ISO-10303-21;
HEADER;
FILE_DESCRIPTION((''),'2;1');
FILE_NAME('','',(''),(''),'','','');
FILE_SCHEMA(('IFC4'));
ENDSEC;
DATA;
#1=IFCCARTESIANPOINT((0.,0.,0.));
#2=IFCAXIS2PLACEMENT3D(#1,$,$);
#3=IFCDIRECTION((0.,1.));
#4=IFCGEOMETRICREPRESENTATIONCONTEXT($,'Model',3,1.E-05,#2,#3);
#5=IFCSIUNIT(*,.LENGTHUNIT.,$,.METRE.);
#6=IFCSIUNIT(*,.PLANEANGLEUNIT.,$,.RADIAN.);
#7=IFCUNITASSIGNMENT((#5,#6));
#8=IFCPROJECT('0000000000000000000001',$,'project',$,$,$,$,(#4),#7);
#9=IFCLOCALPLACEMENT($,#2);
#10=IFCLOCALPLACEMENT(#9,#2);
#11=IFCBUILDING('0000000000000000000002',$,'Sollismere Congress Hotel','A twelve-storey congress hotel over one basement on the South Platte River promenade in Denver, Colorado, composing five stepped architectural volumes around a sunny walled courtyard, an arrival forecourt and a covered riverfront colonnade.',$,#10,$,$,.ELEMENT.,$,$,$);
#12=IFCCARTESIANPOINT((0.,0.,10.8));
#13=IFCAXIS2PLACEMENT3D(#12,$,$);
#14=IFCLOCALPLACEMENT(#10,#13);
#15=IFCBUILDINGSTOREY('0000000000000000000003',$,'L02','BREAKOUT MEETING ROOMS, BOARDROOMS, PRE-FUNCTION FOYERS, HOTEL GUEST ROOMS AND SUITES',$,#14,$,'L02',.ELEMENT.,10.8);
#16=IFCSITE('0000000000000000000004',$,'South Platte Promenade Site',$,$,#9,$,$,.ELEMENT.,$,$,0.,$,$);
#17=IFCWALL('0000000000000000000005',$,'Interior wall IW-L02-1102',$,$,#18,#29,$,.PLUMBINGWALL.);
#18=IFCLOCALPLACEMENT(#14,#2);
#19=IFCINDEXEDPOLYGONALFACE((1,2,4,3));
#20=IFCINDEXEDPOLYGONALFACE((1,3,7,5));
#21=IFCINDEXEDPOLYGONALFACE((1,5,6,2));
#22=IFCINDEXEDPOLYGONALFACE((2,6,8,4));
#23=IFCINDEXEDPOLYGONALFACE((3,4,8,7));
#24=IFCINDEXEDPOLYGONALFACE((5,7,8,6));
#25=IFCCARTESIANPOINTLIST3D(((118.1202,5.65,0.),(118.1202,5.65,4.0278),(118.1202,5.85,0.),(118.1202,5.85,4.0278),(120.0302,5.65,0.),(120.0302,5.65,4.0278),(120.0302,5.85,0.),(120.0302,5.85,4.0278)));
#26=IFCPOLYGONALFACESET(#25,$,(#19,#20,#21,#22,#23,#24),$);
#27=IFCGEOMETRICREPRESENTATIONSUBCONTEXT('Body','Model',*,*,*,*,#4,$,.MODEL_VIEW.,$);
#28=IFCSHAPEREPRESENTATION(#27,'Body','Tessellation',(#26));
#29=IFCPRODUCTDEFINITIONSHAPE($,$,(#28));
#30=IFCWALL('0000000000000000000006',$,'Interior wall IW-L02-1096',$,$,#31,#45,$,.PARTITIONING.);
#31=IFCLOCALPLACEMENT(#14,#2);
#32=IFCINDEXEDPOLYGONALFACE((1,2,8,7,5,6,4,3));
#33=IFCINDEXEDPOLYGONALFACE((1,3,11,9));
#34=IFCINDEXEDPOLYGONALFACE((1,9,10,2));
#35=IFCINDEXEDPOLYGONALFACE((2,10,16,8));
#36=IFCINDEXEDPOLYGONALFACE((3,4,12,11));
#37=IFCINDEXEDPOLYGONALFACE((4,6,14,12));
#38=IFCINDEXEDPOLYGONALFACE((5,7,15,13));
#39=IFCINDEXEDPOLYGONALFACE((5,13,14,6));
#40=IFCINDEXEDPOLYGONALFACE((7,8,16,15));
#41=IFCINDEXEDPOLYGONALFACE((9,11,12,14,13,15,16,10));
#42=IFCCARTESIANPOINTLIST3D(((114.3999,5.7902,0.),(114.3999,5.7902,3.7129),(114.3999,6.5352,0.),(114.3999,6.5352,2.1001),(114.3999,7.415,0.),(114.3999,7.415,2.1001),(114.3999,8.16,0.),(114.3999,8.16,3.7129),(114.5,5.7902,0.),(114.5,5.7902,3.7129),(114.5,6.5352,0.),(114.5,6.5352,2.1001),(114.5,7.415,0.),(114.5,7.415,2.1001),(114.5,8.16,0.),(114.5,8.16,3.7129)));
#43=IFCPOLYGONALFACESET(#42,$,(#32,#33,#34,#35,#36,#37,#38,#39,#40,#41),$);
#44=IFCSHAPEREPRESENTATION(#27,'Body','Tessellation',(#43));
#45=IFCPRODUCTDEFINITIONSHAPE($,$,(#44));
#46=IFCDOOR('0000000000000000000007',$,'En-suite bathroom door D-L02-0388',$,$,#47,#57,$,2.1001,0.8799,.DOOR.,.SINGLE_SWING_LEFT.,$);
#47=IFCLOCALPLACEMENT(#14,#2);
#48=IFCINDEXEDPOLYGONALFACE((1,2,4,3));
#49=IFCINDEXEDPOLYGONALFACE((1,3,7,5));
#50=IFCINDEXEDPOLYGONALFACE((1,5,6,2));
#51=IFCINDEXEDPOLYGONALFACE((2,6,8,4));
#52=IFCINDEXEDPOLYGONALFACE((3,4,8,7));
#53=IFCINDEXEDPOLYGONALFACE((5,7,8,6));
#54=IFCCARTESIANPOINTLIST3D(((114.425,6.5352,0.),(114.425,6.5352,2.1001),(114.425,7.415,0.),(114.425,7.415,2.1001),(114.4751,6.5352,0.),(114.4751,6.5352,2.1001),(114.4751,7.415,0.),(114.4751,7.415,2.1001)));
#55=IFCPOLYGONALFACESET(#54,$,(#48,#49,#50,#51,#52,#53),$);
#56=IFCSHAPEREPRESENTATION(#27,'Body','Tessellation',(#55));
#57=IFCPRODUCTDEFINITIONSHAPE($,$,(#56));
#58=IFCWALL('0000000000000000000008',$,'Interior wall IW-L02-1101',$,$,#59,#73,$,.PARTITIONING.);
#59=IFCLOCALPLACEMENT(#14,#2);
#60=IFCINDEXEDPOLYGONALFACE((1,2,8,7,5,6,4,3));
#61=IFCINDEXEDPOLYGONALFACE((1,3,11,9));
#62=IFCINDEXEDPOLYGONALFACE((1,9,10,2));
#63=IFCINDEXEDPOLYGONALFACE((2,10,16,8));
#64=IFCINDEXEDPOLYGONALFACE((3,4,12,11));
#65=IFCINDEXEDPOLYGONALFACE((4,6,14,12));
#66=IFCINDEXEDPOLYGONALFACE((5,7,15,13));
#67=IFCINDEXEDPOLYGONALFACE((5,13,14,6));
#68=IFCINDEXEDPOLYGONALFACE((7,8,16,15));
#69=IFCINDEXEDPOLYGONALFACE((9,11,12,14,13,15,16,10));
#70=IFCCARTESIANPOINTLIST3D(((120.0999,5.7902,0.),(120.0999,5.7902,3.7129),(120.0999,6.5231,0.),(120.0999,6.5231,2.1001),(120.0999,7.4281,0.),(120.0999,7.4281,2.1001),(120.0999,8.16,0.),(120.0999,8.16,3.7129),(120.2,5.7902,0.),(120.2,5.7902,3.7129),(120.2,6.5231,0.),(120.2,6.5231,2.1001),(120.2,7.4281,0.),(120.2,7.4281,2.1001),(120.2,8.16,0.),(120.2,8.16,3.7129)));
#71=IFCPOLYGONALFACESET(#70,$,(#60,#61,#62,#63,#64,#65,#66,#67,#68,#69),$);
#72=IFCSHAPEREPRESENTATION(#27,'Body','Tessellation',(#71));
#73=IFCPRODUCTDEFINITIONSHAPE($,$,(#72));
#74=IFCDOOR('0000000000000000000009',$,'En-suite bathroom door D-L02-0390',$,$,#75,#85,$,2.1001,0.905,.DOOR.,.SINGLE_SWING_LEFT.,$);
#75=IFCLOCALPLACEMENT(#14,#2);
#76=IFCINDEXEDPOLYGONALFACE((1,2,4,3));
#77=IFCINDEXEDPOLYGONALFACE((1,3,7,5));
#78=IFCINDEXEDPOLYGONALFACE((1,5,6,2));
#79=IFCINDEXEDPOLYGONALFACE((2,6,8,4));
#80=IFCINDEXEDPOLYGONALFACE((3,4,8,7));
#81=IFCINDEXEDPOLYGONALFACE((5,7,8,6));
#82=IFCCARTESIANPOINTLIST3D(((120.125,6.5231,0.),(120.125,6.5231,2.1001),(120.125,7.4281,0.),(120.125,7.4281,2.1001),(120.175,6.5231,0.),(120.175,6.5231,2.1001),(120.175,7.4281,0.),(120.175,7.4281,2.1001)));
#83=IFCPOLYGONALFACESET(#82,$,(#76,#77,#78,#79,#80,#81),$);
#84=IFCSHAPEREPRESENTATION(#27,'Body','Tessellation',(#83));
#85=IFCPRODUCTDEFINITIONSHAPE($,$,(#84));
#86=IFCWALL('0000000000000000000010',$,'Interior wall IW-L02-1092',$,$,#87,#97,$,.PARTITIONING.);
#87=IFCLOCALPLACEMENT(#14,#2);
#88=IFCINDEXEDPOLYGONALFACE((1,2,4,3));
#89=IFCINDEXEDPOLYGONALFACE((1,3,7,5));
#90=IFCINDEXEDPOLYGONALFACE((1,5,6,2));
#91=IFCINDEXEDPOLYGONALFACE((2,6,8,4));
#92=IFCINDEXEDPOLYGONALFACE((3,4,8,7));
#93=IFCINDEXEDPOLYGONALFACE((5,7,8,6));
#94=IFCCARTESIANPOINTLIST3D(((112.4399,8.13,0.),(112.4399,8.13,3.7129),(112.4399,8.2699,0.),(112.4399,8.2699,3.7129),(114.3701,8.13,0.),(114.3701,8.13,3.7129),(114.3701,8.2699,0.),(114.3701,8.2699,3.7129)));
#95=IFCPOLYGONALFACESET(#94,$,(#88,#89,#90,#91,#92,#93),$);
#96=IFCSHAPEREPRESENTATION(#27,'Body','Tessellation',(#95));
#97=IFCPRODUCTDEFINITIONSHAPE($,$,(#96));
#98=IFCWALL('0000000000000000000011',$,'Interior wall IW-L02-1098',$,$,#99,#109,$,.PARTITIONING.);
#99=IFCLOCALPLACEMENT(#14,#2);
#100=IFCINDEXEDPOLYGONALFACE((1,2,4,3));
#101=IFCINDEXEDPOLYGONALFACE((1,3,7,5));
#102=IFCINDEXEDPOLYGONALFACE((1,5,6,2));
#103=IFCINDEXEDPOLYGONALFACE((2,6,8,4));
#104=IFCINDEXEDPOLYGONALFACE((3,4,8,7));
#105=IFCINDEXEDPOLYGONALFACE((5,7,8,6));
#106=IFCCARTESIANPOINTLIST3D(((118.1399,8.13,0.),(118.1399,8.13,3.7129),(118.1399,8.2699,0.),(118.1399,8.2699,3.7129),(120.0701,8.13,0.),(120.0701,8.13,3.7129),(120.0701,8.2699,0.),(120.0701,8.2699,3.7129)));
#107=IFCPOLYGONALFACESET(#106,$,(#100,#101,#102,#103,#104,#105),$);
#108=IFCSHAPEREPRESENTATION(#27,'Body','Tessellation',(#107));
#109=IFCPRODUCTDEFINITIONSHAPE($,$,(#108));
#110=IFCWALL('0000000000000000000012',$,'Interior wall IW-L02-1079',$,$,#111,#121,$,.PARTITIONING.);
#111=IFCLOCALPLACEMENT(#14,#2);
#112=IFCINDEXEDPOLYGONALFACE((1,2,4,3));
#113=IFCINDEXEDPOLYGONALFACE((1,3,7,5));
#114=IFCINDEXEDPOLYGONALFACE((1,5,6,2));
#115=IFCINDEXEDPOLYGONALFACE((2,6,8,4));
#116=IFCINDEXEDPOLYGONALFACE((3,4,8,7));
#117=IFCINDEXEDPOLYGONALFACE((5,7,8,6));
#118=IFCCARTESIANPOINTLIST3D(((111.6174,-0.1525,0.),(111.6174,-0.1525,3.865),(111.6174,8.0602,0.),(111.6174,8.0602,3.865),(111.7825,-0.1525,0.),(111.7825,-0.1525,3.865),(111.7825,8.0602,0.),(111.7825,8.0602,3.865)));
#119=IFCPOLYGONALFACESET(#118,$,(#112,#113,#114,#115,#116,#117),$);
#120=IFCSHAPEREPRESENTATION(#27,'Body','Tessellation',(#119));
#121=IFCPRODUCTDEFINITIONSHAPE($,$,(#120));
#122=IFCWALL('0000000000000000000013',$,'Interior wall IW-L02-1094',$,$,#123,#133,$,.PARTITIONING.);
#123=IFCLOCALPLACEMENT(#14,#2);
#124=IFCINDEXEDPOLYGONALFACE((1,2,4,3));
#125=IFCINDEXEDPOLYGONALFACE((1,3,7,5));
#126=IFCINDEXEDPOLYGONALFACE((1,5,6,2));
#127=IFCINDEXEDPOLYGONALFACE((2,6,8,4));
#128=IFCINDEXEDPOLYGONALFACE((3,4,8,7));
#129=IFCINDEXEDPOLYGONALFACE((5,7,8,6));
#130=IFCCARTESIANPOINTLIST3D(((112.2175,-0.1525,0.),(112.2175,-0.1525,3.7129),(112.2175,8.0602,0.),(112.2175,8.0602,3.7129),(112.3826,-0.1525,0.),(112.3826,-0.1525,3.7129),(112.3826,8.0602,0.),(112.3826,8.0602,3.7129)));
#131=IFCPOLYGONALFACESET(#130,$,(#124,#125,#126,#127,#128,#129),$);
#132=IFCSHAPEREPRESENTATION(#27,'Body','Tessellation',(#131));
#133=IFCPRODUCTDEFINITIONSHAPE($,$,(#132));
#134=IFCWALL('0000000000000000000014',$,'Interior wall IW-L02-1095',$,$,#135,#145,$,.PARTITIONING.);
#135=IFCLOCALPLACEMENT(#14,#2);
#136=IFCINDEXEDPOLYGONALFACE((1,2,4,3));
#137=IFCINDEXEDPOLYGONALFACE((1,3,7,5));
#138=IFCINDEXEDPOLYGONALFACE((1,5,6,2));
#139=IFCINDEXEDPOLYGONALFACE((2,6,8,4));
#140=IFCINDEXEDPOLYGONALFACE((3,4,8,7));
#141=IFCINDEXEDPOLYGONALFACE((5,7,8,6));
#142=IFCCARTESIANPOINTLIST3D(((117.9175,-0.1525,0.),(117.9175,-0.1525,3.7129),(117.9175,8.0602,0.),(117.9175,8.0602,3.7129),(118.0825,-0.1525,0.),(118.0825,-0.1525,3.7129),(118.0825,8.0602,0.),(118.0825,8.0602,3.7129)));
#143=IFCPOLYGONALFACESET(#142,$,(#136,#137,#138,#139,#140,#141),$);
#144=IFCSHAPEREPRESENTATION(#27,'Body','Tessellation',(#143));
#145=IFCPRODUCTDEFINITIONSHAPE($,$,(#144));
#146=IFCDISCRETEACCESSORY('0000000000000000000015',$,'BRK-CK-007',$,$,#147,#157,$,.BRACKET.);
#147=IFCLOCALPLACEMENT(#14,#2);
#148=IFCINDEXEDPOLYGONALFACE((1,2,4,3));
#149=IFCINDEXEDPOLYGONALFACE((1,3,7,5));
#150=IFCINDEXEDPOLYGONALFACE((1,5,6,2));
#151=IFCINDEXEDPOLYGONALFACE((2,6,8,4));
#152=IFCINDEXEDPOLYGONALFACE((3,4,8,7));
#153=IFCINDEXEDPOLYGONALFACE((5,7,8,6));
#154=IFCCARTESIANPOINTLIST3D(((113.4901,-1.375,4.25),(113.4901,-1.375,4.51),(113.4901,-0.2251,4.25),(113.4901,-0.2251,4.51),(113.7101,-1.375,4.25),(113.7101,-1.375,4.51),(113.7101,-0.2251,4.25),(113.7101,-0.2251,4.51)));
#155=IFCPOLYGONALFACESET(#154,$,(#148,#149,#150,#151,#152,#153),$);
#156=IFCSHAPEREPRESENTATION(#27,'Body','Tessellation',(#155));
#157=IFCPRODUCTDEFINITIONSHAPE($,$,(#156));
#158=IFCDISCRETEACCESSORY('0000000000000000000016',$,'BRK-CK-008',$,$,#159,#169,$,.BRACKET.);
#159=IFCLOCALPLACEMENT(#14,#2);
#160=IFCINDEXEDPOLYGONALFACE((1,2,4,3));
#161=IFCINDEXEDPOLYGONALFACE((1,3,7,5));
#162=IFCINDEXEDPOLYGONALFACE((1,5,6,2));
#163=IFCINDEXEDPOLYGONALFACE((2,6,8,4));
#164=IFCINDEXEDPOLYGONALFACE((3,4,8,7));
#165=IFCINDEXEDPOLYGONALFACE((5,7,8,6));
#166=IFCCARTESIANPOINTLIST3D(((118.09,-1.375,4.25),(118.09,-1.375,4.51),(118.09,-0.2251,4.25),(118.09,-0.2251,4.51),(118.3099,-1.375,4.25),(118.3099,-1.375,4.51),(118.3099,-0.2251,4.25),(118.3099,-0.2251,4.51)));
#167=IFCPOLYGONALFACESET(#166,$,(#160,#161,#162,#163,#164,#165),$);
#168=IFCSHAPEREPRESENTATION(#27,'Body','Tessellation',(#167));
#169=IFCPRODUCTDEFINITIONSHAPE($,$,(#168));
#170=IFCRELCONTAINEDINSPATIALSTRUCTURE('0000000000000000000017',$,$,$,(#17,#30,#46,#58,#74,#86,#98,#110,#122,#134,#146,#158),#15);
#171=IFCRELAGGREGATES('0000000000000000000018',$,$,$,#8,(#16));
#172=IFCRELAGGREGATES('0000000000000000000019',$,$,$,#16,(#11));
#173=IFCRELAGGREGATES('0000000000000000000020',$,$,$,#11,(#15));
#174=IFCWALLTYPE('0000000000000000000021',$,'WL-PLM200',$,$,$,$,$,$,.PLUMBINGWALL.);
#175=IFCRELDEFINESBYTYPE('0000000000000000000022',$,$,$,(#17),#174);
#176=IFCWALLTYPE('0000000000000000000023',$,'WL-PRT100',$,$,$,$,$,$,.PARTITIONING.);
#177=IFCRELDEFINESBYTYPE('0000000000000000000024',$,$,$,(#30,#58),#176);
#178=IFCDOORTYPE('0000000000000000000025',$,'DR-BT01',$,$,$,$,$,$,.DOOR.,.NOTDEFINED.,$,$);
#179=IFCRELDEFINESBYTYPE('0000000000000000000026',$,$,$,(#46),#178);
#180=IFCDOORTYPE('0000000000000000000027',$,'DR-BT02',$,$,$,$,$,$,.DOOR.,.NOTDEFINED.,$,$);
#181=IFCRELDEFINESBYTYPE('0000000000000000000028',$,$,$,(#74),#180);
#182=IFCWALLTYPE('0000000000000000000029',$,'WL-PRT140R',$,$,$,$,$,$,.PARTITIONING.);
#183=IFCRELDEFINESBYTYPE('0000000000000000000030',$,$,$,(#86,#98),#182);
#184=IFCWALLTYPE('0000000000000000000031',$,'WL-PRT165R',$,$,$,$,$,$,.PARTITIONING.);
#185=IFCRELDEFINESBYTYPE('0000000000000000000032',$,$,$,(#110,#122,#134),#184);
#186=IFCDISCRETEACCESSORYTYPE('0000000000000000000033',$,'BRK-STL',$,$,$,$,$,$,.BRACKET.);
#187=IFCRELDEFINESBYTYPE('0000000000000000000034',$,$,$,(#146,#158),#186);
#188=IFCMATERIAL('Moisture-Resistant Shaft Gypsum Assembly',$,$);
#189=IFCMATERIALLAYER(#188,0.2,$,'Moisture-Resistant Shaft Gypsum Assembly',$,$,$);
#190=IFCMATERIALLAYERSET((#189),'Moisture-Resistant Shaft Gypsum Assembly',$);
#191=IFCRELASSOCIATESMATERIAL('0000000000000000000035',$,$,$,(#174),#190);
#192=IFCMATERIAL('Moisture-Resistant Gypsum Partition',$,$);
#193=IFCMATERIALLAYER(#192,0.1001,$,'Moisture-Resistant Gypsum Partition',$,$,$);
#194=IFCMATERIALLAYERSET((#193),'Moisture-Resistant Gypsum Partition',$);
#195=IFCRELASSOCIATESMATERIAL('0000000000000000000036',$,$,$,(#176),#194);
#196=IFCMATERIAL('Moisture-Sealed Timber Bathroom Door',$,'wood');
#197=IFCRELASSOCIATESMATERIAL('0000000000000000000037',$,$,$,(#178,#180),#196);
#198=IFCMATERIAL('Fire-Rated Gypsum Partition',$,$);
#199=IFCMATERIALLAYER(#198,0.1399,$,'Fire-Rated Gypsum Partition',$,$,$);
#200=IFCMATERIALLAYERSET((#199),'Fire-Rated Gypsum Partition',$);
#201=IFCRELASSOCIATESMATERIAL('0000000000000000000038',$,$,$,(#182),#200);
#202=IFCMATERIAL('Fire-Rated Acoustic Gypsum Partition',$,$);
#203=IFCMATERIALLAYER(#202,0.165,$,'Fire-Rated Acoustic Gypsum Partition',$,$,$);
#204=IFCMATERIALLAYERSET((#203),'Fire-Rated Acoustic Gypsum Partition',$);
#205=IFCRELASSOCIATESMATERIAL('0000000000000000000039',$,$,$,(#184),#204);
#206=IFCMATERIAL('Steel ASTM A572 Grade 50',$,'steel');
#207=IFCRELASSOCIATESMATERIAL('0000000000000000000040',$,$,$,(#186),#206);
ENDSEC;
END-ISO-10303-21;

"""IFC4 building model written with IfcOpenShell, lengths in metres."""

from ifc_helpers import new_model, si_unit, direction, frame, frame_2d, origin, origin_2d, place, context, subcontext, project, spatial, rectangle, extrude, material, layer, layer_set, type_object, element, fill, save


model = new_model("IFC4")

# Units and contexts
model_context = context("Model", 3, precision=1e-05, world=origin(), true_north=direction((0.0, 1.0)))
body_context = subcontext(model_context, "Body", "Model", "MODEL_VIEW")
ifc_project = project(units=[si_unit("LENGTHUNIT", "METRE"), si_unit("PLANEANGLEUNIT", "RADIAN")], contexts=[model_context])

# Site, building, storey
site_placement = place(None, origin())
site = spatial("IfcSite", under=ifc_project, at=site_placement, Name="South Platte Promenade Site", CompositionType="ELEMENT", RefElevation=0.0)
building_placement = place(site_placement, origin())
building = spatial("IfcBuilding", under=site, at=building_placement, Name="Sollismere Congress Hotel", Description="A twelve-storey congress hotel over one basement on the South Platte River promenade in Denver, Colorado, composing five stepped architectural volumes around a sunny walled courtyard, an arrival forecourt and a covered riverfront colonnade.", CompositionType="ELEMENT")
storey_placement = place(building_placement, frame((0.0, 0.0, 10.8)))
storey = spatial("IfcBuildingStorey", under=building, at=storey_placement, Name="L02", Description="BREAKOUT MEETING ROOMS, BOARDROOMS, PRE-FUNCTION FOYERS, HOTEL GUEST ROOMS AND SUITES", LongName="L02", CompositionType="ELEMENT", Elevation=10.8)

# Wall
ifc_material_1 = material(Name="Moisture-Resistant Shaft Gypsum Assembly")
ifc_layer_1 = layer(ifc_material_1, 0.2, Name="Moisture-Resistant Shaft Gypsum Assembly")
ifc_layer_set_1 = layer_set([ifc_layer_1], Name="Moisture-Resistant Shaft Gypsum Assembly")
wall_type_1 = type_object("IfcWallType", Name="WL-PLM200", PredefinedType="PLUMBINGWALL", material=ifc_layer_set_1)
wall_1_placement = place(storey_placement, frame((118.1201, 5.75, 0.0), z_axis=(0.0, 0.0, 1.0), x_axis=(1.0, 0.0, 0.0)))
element("IfcWall", 1, at=wall_1_placement, inside=storey, type_object=wall_type_1, Name="Interior wall IW-L02-1102", PredefinedType="PLUMBINGWALL", context=body_context, shape_type="SweptSolid", body=[
    extrude(rectangle(XDim=1.9099, YDim=0.2, at=frame_2d((0.9551, 0.0))), origin(), (0.0, 0.0, 1.0), 4.0278),
])

# Walls, openings, doors
ifc_material_2 = material(Name="Moisture-Resistant Gypsum Partition")
ifc_layer_2 = layer(ifc_material_2, 0.1001, Name="Moisture-Resistant Gypsum Partition")
ifc_layer_set_2 = layer_set([ifc_layer_2], Name="Moisture-Resistant Gypsum Partition")
wall_type_2 = type_object("IfcWallType", Name="WL-PRT100", PredefinedType="PARTITIONING", material=ifc_layer_set_2)
wall_2_placement = place(storey_placement, frame((114.45, 5.79, 0.0), z_axis=(0.0, 0.0, 1.0), x_axis=(0.0, 1.0, 0.0)))
wall_2 = element("IfcWall", 2, at=wall_2_placement, inside=storey, type_object=wall_type_2, Name="Interior wall IW-L02-1096", PredefinedType="PARTITIONING", context=body_context, shape_type="SweptSolid", body=[
    extrude(rectangle(XDim=2.3699, YDim=0.1001, at=frame_2d((1.1851, 0.0))), origin(), (0.0, 0.0, 1.0), 3.7129),
])
opening_1_placement = place(wall_2_placement, frame((0.7451, 0.0, 0.0)))
opening_1 = element("IfcOpeningElement", 3, at=opening_1_placement, cuts=wall_2, PredefinedType="OPENING", context=body_context, shape_type="SweptSolid", body=[
    extrude(rectangle(XDim=0.8799, YDim=2.1001, at=frame_2d((0.4399, 1.05))), frame((0.0, 0.0601, 0.0), z_axis=(0.0, -1.0, 0.0), x_axis=(1.0, 0.0, 0.0)), (0.0, 0.0, 1.0), 0.1201),
])
ifc_material_3 = material(Name="Moisture-Sealed Timber Bathroom Door", Category="wood")
door_type_1 = type_object("IfcDoorType", Name="DR-BT01", OperationType="NOTDEFINED", PredefinedType="DOOR", material=ifc_material_3)
door_1_placement = place(opening_1_placement, origin())
door_1 = element("IfcDoor", 4, at=door_1_placement, inside=storey, type_object=door_type_1, Name="En-suite bathroom door D-L02-0388", OperationType="SINGLE_SWING_LEFT", OverallHeight=2.1001, OverallWidth=0.8799, PredefinedType="DOOR", context=body_context, shape_type="SweptSolid", body=[
    extrude(rectangle(XDim=0.8799, YDim=2.1001, at=frame_2d((0.4399, 1.05))), frame((0.0, 0.0249, 0.0), z_axis=(0.0, -1.0, 0.0), x_axis=(1.0, 0.0, 0.0)), (0.0, 0.0, 1.0), 0.05),
])
fill(opening_1, door_1)
wall_3_placement = place(storey_placement, frame((120.1499, 5.79, 0.0), z_axis=(0.0, 0.0, 1.0), x_axis=(0.0, 1.0, 0.0)))
wall_3 = element("IfcWall", 5, at=wall_3_placement, inside=storey, type_object=wall_type_2, Name="Interior wall IW-L02-1101", PredefinedType="PARTITIONING", context=body_context, shape_type="SweptSolid", body=[
    extrude(rectangle(XDim=2.3699, YDim=0.1001, at=frame_2d((1.1851, 0.0))), origin(), (0.0, 0.0, 1.0), 3.7129),
])
opening_2_placement = place(wall_3_placement, frame((0.7329, 0.0, 0.0)))
opening_2 = element("IfcOpeningElement", 6, at=opening_2_placement, cuts=wall_3, PredefinedType="OPENING", context=body_context, shape_type="SweptSolid", body=[
    extrude(rectangle(XDim=0.905, YDim=2.1001, at=frame_2d((0.4526, 1.05))), frame((0.0, 0.0601, 0.0), z_axis=(0.0, -1.0, 0.0), x_axis=(1.0, 0.0, 0.0)), (0.0, 0.0, 1.0), 0.1201),
])
door_type_2 = type_object("IfcDoorType", Name="DR-BT02", OperationType="NOTDEFINED", PredefinedType="DOOR", material=ifc_material_3)
door_2_placement = place(opening_2_placement, origin())
door_2 = element("IfcDoor", 7, at=door_2_placement, inside=storey, type_object=door_type_2, Name="En-suite bathroom door D-L02-0390", OperationType="SINGLE_SWING_LEFT", OverallHeight=2.1001, OverallWidth=0.905, PredefinedType="DOOR", context=body_context, shape_type="SweptSolid", body=[
    extrude(rectangle(XDim=0.905, YDim=2.1001, at=frame_2d((0.4526, 1.05))), frame((0.0, 0.0249, 0.0), z_axis=(0.0, -1.0, 0.0), x_axis=(1.0, 0.0, 0.0)), (0.0, 0.0, 1.0), 0.05),
])
fill(opening_2, door_2)

# Wall
ifc_material_4 = material(Name="Fire-Rated Gypsum Partition")
ifc_layer_3 = layer(ifc_material_4, 0.1399, Name="Fire-Rated Gypsum Partition")
ifc_layer_set_3 = layer_set([ifc_layer_3], Name="Fire-Rated Gypsum Partition")
wall_type_3 = type_object("IfcWallType", Name="WL-PRT140R", PredefinedType="PARTITIONING", material=ifc_layer_set_3)
wall_4_placement = place(storey_placement, frame((112.4399, 8.2, 0.0), z_axis=(0.0, 0.0, 1.0), x_axis=(1.0, 0.0, 0.0)))
element("IfcWall", 8, at=wall_4_placement, inside=storey, type_object=wall_type_3, Name="Interior wall IW-L02-1092", PredefinedType="PARTITIONING", context=body_context, shape_type="SweptSolid", body=[
    extrude(rectangle(XDim=1.9302, YDim=0.1399, at=frame_2d((0.9651, 0.0))), origin(), (0.0, 0.0, 1.0), 3.7129),
])

# Walls
wall_5_placement = place(storey_placement, frame((118.1399, 8.2, 0.0), z_axis=(0.0, 0.0, 1.0), x_axis=(1.0, 0.0, 0.0)))
element("IfcWall", 9, at=wall_5_placement, inside=storey, type_object=wall_type_3, Name="Interior wall IW-L02-1098", PredefinedType="PARTITIONING", context=body_context, shape_type="SweptSolid", body=[
    extrude(rectangle(XDim=1.9302, YDim=0.1399, at=frame_2d((0.9651, 0.0))), origin(), (0.0, 0.0, 1.0), 3.7129),
])
ifc_material_5 = material(Name="Fire-Rated Acoustic Gypsum Partition")
ifc_layer_4 = layer(ifc_material_5, 0.165, Name="Fire-Rated Acoustic Gypsum Partition")
ifc_layer_set_4 = layer_set([ifc_layer_4], Name="Fire-Rated Acoustic Gypsum Partition")
wall_type_4 = type_object("IfcWallType", Name="WL-PRT165R", PredefinedType="PARTITIONING", material=ifc_layer_set_4)
wall_6_placement = place(storey_placement, frame((111.7, -0.1526, 0.0), z_axis=(0.0, 0.0, 1.0), x_axis=(0.0, 1.0, 0.0)))
element("IfcWall", 10, at=wall_6_placement, inside=storey, type_object=wall_type_4, Name="Interior wall IW-L02-1079", PredefinedType="PARTITIONING", context=body_context, shape_type="SweptSolid", body=[
    extrude(rectangle(XDim=8.2126, YDim=0.165, at=frame_2d((4.1064, 0.0))), origin(), (0.0, 0.0, 1.0), 3.865),
])
for number, where, z_axis, x_axis, name in (
    (11, (112.3, -0.1526, 0.0), (0.0, 0.0, 1.0), (0.0, 1.0, 0.0), "Interior wall IW-L02-1094"),
    (12, (118.0, -0.1526, 0.0), (0.0, 0.0, 1.0), (0.0, 1.0, 0.0), "Interior wall IW-L02-1095"),
):
    element("IfcWall", number, at=place(storey_placement, frame(where, z_axis=z_axis, x_axis=x_axis)), inside=storey, type_object=wall_type_4, Name=name, PredefinedType="PARTITIONING", context=body_context, shape_type="SweptSolid", body=[
        extrude(rectangle(XDim=8.2126, YDim=0.165, at=frame_2d((4.1064, 0.0))), origin(), (0.0, 0.0, 1.0), 3.7129),
    ])

# Discrete accessories
ifc_material_6 = material(Name="Steel ASTM A572 Grade 50", Category="steel")
discrete_accessory_type = type_object("IfcDiscreteAccessoryType", Name="BRK-STL", PredefinedType="BRACKET", material=ifc_material_6)
for number, where, z_axis, x_axis, name in (
    (13, (113.6001, -0.8, 4.25), (0.0, 0.0, 1.0), (1.0, 0.0, 0.0), "BRK-CK-007"),
    (14, (118.2, -0.8, 4.25), (0.0, 0.0, 1.0), (1.0, 0.0, 0.0), "BRK-CK-008"),
):
    element("IfcDiscreteAccessory", number, at=place(storey_placement, frame(where, z_axis=z_axis, x_axis=x_axis)), inside=storey, type_object=discrete_accessory_type, Name=name, PredefinedType="BRACKET", context=body_context, shape_type="SweptSolid", body=[
        extrude(rectangle(XDim=0.22, YDim=1.1499, at=origin_2d()), origin(), (0.0, 0.0, 1.0), 0.26),
    ])

save(model, "model.ifc")
